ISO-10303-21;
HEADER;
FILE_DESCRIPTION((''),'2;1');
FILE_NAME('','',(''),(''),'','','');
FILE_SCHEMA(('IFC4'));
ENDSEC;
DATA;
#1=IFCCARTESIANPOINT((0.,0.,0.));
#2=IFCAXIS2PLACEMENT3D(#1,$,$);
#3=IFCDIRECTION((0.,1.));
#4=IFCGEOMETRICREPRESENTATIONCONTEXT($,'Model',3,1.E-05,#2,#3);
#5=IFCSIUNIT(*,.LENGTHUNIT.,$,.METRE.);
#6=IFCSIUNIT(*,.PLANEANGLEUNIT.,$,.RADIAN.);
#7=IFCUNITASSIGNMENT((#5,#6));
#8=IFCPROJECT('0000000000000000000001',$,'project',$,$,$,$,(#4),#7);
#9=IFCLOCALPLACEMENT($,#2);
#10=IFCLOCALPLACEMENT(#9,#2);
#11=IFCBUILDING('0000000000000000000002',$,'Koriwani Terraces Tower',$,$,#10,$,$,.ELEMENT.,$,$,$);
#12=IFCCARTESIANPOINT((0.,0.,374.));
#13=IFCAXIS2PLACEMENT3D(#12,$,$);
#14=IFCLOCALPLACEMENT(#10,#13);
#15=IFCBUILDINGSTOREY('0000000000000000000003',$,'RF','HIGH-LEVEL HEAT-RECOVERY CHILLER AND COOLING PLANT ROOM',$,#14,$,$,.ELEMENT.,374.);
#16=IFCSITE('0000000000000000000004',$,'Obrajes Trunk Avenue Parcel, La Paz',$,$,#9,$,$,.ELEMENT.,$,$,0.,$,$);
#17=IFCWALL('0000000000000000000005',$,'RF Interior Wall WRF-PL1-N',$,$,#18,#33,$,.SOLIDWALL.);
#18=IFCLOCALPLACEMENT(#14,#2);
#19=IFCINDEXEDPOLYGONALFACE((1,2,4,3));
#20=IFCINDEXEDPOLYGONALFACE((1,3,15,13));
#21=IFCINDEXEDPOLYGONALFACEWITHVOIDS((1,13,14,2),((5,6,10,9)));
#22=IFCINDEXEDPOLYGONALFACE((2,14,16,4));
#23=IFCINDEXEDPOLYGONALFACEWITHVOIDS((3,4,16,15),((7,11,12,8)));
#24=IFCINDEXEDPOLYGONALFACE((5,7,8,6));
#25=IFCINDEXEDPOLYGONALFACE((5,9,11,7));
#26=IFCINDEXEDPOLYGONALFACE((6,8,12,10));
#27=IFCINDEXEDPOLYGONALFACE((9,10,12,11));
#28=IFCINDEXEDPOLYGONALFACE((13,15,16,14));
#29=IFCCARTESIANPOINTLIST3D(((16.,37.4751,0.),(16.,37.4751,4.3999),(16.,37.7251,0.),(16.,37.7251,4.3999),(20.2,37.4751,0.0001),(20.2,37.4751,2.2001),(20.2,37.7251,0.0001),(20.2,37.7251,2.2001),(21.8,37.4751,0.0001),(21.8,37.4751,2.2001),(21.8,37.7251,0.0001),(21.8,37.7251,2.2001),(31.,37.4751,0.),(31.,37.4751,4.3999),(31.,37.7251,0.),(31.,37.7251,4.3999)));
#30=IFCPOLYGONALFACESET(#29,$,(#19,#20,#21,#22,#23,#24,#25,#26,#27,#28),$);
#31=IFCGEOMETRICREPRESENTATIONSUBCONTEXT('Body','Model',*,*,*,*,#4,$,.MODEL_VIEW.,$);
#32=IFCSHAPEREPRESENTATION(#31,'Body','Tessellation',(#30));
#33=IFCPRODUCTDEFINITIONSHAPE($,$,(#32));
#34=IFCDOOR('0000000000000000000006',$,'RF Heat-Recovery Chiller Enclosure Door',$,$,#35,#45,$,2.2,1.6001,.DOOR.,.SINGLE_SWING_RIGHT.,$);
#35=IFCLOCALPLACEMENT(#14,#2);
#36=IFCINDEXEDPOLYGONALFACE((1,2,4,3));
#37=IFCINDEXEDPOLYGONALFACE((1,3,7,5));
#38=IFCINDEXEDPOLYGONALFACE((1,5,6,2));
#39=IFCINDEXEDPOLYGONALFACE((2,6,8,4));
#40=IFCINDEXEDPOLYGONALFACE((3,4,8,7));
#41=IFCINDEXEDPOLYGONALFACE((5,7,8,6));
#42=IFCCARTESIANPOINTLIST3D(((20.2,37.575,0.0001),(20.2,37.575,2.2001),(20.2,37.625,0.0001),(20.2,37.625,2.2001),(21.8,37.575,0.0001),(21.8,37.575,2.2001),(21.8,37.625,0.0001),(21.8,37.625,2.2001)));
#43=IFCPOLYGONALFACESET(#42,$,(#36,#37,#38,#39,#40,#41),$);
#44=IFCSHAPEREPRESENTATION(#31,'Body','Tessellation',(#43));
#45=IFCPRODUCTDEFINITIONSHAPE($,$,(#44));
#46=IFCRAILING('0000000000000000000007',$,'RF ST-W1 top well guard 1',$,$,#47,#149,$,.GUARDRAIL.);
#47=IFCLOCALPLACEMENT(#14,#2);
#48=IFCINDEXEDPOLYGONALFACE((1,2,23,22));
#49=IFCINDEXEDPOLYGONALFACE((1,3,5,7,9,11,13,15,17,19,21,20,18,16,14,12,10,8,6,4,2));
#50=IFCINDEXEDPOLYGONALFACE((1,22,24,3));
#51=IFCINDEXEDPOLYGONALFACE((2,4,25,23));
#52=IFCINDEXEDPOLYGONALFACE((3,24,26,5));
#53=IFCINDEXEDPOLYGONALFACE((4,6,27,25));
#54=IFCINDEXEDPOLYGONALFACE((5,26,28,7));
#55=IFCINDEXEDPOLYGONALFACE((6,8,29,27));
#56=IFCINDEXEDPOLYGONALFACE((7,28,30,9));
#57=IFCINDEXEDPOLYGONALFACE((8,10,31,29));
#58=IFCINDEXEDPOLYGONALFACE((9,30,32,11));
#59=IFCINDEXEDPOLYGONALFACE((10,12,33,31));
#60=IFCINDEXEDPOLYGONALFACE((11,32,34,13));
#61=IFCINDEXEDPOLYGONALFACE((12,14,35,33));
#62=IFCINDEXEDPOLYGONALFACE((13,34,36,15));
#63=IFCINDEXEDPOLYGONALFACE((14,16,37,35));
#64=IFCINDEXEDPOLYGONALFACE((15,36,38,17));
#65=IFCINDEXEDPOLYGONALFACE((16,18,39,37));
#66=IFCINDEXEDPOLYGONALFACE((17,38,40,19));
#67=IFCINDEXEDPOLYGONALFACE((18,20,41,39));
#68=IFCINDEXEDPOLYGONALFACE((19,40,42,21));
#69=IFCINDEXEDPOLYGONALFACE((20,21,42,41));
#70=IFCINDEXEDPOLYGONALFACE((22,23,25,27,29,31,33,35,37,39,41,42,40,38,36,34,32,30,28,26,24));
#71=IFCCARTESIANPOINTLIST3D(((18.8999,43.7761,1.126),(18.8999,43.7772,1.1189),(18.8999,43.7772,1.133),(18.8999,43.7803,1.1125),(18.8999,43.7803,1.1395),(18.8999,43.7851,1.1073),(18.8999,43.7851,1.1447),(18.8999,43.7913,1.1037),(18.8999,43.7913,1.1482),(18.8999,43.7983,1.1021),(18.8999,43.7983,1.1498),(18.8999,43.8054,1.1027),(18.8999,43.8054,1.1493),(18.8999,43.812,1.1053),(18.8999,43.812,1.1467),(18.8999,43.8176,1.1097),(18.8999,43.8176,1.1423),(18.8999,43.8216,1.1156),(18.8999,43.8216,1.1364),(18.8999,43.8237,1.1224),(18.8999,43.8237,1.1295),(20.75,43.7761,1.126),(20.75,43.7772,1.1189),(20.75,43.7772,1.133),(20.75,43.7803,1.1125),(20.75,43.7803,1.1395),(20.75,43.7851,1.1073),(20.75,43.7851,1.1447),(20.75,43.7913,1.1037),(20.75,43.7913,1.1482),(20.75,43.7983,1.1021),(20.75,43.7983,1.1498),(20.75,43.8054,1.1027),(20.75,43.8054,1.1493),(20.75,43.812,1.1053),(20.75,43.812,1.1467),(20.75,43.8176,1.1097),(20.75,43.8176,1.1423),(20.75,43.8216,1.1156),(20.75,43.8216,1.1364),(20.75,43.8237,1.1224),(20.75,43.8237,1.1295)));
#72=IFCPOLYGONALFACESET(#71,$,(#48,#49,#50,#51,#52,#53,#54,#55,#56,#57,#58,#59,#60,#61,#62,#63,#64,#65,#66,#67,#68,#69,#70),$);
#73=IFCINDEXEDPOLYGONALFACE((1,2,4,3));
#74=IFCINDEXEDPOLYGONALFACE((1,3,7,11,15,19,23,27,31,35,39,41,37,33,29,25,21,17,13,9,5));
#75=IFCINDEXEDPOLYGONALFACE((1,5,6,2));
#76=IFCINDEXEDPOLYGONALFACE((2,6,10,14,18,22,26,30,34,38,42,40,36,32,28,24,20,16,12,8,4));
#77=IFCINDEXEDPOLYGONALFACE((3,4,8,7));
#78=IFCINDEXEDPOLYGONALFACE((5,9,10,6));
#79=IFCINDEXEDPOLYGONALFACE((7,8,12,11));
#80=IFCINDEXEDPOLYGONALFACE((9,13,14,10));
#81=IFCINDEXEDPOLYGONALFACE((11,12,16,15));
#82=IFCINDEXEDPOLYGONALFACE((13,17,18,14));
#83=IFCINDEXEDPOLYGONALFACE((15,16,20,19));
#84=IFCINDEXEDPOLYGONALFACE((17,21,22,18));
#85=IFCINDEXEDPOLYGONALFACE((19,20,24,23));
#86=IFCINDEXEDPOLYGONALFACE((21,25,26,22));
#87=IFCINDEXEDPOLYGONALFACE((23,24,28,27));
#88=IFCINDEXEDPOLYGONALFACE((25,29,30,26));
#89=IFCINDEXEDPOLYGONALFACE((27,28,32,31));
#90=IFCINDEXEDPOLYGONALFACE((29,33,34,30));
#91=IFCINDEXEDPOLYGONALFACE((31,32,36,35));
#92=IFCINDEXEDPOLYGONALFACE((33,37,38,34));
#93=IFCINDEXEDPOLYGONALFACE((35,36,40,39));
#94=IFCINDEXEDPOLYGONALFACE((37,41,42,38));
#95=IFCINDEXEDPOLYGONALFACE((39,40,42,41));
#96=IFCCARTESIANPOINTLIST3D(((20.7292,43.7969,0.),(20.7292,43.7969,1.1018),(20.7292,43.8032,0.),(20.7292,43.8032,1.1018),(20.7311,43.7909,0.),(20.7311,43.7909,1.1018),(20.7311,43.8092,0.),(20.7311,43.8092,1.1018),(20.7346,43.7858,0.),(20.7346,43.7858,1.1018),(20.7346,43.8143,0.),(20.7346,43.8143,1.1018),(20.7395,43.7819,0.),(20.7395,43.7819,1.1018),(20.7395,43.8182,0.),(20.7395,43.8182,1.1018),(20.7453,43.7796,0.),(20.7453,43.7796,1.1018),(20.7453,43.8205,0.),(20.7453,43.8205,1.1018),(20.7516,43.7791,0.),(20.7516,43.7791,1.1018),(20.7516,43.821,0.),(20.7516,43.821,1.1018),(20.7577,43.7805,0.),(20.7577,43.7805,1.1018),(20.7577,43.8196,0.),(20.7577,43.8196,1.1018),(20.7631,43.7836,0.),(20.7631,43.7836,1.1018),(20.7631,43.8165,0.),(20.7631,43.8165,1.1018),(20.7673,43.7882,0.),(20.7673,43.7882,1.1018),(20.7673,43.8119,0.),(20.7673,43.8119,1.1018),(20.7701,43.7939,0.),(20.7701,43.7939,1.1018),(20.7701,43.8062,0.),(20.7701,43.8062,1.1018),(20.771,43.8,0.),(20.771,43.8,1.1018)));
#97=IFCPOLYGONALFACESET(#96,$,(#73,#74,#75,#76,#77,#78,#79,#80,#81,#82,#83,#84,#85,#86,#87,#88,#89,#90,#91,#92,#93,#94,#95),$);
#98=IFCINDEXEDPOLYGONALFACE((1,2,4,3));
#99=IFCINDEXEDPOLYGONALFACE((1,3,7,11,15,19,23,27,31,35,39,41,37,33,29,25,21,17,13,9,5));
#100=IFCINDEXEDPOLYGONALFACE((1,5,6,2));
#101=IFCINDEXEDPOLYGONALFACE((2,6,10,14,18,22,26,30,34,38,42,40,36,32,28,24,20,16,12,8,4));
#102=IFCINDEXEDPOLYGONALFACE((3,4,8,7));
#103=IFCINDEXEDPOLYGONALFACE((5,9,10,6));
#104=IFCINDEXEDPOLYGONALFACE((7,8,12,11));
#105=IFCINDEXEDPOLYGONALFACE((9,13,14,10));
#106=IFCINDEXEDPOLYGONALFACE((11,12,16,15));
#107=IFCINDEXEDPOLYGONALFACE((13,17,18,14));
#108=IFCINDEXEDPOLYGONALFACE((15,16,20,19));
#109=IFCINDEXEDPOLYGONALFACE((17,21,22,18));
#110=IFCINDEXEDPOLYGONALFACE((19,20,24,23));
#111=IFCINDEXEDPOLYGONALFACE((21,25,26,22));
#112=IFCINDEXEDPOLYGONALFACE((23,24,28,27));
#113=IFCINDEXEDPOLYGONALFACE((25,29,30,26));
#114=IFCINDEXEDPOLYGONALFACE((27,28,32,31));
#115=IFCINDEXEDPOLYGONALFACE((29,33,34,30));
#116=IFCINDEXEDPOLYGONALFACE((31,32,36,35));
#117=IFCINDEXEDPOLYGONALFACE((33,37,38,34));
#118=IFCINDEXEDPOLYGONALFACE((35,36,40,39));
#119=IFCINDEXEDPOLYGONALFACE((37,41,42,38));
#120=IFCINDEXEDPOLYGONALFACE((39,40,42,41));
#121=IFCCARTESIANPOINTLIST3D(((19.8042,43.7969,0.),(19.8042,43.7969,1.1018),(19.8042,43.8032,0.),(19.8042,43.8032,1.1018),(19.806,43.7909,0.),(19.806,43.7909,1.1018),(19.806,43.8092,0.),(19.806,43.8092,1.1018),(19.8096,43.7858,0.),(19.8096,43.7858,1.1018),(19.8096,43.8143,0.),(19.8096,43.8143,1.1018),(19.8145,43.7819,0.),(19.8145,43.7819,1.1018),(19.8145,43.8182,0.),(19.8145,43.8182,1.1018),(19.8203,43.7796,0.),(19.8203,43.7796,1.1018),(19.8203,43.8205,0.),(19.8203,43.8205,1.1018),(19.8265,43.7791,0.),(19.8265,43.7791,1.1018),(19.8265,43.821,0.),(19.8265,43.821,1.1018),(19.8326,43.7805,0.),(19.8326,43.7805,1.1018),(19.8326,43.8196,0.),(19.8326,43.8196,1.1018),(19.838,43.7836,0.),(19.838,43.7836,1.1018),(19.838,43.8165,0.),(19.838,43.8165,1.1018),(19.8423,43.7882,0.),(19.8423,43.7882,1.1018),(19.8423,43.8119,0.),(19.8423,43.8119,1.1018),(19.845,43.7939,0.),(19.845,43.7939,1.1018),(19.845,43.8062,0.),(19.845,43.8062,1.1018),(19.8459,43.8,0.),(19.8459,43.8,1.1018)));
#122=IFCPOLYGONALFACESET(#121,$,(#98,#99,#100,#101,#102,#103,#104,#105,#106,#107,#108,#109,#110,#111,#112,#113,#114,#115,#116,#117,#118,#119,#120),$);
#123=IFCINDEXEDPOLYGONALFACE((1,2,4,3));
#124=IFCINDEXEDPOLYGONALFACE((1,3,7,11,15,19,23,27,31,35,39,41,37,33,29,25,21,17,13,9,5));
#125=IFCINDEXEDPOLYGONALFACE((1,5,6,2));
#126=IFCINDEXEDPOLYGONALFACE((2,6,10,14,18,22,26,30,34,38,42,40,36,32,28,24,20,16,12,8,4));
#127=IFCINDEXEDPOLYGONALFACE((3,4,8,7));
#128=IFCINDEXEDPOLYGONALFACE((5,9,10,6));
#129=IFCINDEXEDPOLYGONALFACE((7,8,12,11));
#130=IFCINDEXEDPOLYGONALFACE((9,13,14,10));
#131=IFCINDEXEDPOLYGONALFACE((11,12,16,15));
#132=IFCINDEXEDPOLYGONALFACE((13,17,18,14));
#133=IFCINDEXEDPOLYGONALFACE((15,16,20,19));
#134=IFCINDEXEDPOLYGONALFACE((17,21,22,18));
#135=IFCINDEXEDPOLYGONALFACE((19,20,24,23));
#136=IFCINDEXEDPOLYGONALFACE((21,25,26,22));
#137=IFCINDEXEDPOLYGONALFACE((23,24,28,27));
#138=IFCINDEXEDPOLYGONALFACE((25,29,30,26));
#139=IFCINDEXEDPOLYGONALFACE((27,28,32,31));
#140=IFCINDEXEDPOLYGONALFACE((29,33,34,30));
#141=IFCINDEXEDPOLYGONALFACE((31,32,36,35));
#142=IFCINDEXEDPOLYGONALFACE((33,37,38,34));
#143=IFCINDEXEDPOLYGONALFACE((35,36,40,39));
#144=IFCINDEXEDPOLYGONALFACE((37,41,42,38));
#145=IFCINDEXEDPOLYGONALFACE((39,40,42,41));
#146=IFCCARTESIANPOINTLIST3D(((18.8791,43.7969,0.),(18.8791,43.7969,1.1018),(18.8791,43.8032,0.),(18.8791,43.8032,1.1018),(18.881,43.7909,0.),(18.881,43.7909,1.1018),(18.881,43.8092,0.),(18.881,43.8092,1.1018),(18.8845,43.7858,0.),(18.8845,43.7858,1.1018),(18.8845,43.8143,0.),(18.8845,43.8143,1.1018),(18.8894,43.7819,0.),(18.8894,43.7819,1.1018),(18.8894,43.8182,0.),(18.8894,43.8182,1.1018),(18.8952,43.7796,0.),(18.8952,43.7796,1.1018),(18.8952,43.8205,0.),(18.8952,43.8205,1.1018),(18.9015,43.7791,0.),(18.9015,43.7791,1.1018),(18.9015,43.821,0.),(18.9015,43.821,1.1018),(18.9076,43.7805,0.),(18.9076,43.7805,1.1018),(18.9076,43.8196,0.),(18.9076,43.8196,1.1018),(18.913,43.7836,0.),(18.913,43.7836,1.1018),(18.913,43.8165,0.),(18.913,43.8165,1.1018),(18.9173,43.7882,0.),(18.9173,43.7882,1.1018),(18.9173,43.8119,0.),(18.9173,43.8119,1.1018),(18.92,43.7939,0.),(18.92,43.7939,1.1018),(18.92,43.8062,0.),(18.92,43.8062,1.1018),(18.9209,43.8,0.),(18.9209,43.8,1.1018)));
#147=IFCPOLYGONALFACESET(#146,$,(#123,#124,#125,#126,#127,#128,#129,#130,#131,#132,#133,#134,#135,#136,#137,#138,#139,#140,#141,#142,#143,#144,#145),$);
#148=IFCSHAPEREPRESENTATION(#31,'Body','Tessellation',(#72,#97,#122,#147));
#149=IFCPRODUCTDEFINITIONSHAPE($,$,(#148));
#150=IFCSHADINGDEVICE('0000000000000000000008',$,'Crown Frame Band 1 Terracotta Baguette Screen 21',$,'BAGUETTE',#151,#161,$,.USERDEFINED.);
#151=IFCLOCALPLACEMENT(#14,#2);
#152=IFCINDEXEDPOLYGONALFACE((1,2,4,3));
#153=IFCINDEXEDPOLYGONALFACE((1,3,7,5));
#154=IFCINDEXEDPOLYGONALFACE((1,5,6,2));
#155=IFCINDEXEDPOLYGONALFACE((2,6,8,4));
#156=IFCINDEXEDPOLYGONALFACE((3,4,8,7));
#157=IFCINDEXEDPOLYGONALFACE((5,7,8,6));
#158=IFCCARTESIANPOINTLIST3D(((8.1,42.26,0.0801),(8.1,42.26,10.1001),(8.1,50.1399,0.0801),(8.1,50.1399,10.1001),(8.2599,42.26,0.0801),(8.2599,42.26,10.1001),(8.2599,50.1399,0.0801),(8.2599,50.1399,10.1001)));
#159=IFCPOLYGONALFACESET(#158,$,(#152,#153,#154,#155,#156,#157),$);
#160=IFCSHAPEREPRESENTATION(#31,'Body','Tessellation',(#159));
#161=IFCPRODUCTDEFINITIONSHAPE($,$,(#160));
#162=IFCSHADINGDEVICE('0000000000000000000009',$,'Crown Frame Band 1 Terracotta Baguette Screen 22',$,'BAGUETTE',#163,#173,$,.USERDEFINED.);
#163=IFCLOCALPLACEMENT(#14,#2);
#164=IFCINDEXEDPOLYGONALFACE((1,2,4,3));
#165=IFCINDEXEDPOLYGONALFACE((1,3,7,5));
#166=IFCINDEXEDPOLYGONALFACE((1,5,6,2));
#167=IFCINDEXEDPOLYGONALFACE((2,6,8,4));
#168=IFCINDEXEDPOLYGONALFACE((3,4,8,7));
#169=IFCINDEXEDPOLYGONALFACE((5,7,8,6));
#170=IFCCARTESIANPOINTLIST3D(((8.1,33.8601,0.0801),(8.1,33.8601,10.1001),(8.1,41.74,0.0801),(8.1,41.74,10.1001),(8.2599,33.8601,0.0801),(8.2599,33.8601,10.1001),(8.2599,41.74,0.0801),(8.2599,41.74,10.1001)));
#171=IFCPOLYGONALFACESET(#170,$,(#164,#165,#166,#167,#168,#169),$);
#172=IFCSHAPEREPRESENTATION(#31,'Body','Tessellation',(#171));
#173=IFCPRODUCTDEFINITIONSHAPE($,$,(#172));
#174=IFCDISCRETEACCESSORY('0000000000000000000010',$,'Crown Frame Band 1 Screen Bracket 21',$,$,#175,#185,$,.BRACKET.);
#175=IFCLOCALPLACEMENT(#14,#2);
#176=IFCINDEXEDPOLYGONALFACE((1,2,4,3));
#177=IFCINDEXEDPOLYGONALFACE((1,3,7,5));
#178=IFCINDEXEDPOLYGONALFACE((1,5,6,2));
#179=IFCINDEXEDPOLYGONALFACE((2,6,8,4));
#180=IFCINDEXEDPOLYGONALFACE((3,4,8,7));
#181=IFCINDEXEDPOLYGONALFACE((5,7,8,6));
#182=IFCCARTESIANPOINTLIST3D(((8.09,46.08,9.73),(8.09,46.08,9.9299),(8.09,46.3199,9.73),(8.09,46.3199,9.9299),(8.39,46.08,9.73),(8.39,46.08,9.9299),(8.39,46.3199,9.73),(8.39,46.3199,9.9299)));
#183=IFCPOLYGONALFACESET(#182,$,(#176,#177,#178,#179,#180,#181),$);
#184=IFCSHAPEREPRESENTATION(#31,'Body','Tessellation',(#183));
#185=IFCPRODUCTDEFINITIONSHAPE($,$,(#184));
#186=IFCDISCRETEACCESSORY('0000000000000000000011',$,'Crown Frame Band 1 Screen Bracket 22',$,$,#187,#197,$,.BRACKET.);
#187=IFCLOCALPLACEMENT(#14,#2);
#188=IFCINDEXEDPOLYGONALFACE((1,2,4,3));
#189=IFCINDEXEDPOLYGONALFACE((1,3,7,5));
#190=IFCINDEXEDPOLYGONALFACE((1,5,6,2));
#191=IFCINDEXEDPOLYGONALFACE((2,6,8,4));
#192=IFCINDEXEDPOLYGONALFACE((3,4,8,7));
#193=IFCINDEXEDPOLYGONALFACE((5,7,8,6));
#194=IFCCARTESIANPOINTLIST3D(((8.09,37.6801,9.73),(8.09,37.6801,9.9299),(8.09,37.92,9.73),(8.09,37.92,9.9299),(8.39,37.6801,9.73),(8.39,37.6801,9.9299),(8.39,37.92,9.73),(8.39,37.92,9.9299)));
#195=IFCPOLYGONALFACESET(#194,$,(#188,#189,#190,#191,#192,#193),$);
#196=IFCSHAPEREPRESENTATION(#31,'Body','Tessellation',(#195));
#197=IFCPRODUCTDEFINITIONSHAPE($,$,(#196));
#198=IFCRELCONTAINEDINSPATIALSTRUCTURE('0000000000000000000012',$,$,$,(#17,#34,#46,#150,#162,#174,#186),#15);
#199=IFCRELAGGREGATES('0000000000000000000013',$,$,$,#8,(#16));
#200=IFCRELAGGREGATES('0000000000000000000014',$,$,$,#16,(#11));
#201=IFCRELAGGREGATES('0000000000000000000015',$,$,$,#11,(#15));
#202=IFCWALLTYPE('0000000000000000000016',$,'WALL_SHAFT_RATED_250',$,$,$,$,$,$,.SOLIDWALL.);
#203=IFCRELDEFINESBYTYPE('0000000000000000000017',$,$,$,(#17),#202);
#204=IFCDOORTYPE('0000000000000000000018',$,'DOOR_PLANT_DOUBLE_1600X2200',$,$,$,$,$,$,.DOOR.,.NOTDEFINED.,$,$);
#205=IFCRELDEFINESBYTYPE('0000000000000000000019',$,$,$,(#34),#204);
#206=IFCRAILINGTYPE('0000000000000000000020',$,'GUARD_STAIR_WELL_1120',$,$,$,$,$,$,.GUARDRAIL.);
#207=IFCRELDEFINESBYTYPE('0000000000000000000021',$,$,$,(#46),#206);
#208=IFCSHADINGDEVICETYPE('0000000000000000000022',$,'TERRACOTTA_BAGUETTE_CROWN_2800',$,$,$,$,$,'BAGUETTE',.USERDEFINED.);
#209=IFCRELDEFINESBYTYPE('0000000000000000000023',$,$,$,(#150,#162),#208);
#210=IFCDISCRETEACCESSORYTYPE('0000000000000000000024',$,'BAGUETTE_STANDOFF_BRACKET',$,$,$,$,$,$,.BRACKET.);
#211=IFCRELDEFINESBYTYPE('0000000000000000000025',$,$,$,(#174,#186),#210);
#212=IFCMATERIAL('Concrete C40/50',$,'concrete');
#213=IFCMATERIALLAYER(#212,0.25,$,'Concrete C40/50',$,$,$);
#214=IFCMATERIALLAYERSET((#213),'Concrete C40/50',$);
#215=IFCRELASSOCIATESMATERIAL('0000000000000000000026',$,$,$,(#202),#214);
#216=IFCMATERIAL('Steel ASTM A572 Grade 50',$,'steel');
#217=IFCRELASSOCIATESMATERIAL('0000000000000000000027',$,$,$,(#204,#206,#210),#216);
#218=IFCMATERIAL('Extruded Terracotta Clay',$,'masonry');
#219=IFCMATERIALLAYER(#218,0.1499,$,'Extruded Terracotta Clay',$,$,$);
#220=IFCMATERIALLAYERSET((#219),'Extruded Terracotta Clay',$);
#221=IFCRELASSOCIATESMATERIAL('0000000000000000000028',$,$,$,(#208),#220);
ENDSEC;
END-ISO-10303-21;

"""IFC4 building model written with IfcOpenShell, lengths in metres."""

from ifc_helpers import new_model, si_unit, direction, frame, frame_2d, origin, origin_2d, place, context, subcontext, project, spatial, rectangle, circle, extrude, material, layer, layer_set, type_object, element, fill, save


model = new_model("IFC4")

# Units and contexts
model_context = context("Model", 3, precision=1e-05, world=origin(), true_north=direction((0.0, 1.0)))
body_context = subcontext(model_context, "Body", "Model", "MODEL_VIEW")
ifc_project = project(units=[si_unit("LENGTHUNIT", "METRE"), si_unit("PLANEANGLEUNIT", "RADIAN")], contexts=[model_context])

# Site, building, storey
site_placement = place(None, origin())
site = spatial("IfcSite", under=ifc_project, at=site_placement, Name="Obrajes Trunk Avenue Parcel, La Paz", CompositionType="ELEMENT", RefElevation=0.0)
building_placement = place(site_placement, origin())
building = spatial("IfcBuilding", under=site, at=building_placement, Name="Koriwani Terraces Tower", CompositionType="ELEMENT")
storey_placement = place(building_placement, frame((0.0, 0.0, 374.0)))
storey = spatial("IfcBuildingStorey", under=building, at=storey_placement, Name="RF", Description="HIGH-LEVEL HEAT-RECOVERY CHILLER AND COOLING PLANT ROOM", CompositionType="ELEMENT", Elevation=374.0)

# Shared definitions
ifc_material_1 = material(Name="Steel ASTM A572 Grade 50", Category="steel")

# Shared definitions
ifc_material_2 = material(Name="Concrete C40/50", Category="concrete")

# Shared definitions
ifc_layer_1 = layer(ifc_material_2, 0.25, Name="Concrete C40/50")
ifc_layer_set_1 = layer_set([ifc_layer_1], Name="Concrete C40/50")
wall_type_1 = type_object("IfcWallType", Name="WALL_SHAFT_RATED_250", PredefinedType="SOLIDWALL", material=ifc_layer_set_1)

# Wall, opening, door
wall_1_placement = place(storey_placement, frame((16.0, 37.6001, 0.0), z_axis=(0.0, 0.0, 1.0), x_axis=(1.0, 0.0, 0.0)))
wall_1 = element("IfcWall", 1, at=wall_1_placement, inside=storey, type_object=wall_type_1, Name="RF Interior Wall WRF-PL1-N", PredefinedType="SOLIDWALL", context=body_context, shape_type="SweptSolid", body=[
    extrude(rectangle(XDim=15.0, YDim=0.25, at=frame_2d((7.5, 0.0))), origin(), (0.0, 0.0, 1.0), 4.3999),
])
opening_1_placement = place(wall_1_placement, frame((4.2, 0.0, 0.0)))
opening_1 = element("IfcOpeningElement", 2, at=opening_1_placement, cuts=wall_1, PredefinedType="OPENING", context=body_context, shape_type="SweptSolid", body=[
    extrude(rectangle(XDim=1.6001, YDim=2.2, at=frame_2d((0.8, 1.1001))), frame((0.0, 0.135, 0.0), z_axis=(0.0, -1.0, 0.0), x_axis=(1.0, 0.0, 0.0)), (0.0, 0.0, 1.0), 0.27),
])
door_type_1 = type_object("IfcDoorType", Name="DOOR_PLANT_DOUBLE_1600X2200", OperationType="NOTDEFINED", PredefinedType="DOOR", material=ifc_material_1)
door_1_placement = place(opening_1_placement, origin())
door_1 = element("IfcDoor", 3, at=door_1_placement, inside=storey, type_object=door_type_1, Name="RF Heat-Recovery Chiller Enclosure Door", OperationType="SINGLE_SWING_RIGHT", OverallHeight=2.2, OverallWidth=1.6001, PredefinedType="DOOR", context=body_context, shape_type="SweptSolid", body=[
    extrude(rectangle(XDim=1.6001, YDim=2.2, at=frame_2d((0.8, 1.1001))), frame((0.0, 0.0249, 0.0), z_axis=(0.0, -1.0, 0.0), x_axis=(1.0, 0.0, 0.0)), (0.0, 0.0, 1.0), 0.05),
])
fill(opening_1, door_1)

# Railing
railing_type = type_object("IfcRailingType", Name="GUARD_STAIR_WELL_1120", PredefinedType="GUARDRAIL", material=ifc_material_1)
railing_placement = place(storey_placement, frame((20.75, 43.8, 0.0)))
element("IfcRailing", 4, at=railing_placement, inside=storey, type_object=railing_type, Name="RF ST-W1 top well guard 1", PredefinedType="GUARDRAIL", context=body_context, shape_type="SweptSolid", body=[
    extrude(circle(Radius=0.0239, at=origin_2d()), frame((0.0, 0.0, 1.126), z_axis=(-1.0, 0.0, 0.0), x_axis=(0.0, -1.0, 0.0)), (0.0, 0.0, 1.0), 1.8501),
    extrude(circle(Radius=0.021, at=origin_2d()), origin(), (0.0, 0.0, 1.0), 1.1018),
    extrude(circle(Radius=0.021, at=origin_2d()), frame((-0.925, 0.0, 0.0)), (0.0, 0.0, 1.0), 1.1018),
    extrude(circle(Radius=0.021, at=origin_2d()), frame((-1.8501, 0.0, 0.0)), (0.0, 0.0, 1.0), 1.1018),
])

# Shading devices
ifc_material_3 = material(Name="Extruded Terracotta Clay", Category="masonry")
ifc_layer_2 = layer(ifc_material_3, 0.1499, Name="Extruded Terracotta Clay")
ifc_layer_set_2 = layer_set([ifc_layer_2], Name="Extruded Terracotta Clay")
shading_device_type = type_object("IfcShadingDeviceType", Name="TERRACOTTA_BAGUETTE_CROWN_2800", ElementType="BAGUETTE", PredefinedType="USERDEFINED", material=ifc_layer_set_2)
for number, where, z_axis, x_axis, name in (
    (5, (8.1799, 46.2, 0.0801), (0.0, 0.0, 1.0), (0.0, -1.0, 0.0), "Crown Frame Band 1 Terracotta Baguette Screen 21"),
    (6, (8.1799, 37.8, 0.0801), (0.0, 0.0, 1.0), (0.0, -1.0, 0.0), "Crown Frame Band 1 Terracotta Baguette Screen 22"),
):
    element("IfcShadingDevice", number, at=place(storey_placement, frame(where, z_axis=z_axis, x_axis=x_axis)), inside=storey, type_object=shading_device_type, Name=name, ObjectType="BAGUETTE", PredefinedType="USERDEFINED", context=body_context, shape_type="SweptSolid", body=[
        extrude(rectangle(XDim=7.8799, YDim=0.1599, at=origin_2d()), origin(), (0.0, 0.0, 1.0), 10.02),
    ])

# Discrete accessories
discrete_accessory_type = type_object("IfcDiscreteAccessoryType", Name="BAGUETTE_STANDOFF_BRACKET", PredefinedType="BRACKET", material=ifc_material_1)
for number, where, z_axis, x_axis, name in (
    (7, (8.24, 46.2, 9.73), (0.0, 0.0, 1.0), (0.0, -1.0, 0.0), "Crown Frame Band 1 Screen Bracket 21"),
    (8, (8.24, 37.8, 9.73), (0.0, 0.0, 1.0), (0.0, -1.0, 0.0), "Crown Frame Band 1 Screen Bracket 22"),
):
    element("IfcDiscreteAccessory", number, at=place(storey_placement, frame(where, z_axis=z_axis, x_axis=x_axis)), inside=storey, type_object=discrete_accessory_type, Name=name, PredefinedType="BRACKET", context=body_context, shape_type="SweptSolid", body=[
        extrude(rectangle(XDim=0.24, YDim=0.3, at=origin_2d()), origin(), (0.0, 0.0, 1.0), 0.2),
    ])

save(model, "model.ifc")
